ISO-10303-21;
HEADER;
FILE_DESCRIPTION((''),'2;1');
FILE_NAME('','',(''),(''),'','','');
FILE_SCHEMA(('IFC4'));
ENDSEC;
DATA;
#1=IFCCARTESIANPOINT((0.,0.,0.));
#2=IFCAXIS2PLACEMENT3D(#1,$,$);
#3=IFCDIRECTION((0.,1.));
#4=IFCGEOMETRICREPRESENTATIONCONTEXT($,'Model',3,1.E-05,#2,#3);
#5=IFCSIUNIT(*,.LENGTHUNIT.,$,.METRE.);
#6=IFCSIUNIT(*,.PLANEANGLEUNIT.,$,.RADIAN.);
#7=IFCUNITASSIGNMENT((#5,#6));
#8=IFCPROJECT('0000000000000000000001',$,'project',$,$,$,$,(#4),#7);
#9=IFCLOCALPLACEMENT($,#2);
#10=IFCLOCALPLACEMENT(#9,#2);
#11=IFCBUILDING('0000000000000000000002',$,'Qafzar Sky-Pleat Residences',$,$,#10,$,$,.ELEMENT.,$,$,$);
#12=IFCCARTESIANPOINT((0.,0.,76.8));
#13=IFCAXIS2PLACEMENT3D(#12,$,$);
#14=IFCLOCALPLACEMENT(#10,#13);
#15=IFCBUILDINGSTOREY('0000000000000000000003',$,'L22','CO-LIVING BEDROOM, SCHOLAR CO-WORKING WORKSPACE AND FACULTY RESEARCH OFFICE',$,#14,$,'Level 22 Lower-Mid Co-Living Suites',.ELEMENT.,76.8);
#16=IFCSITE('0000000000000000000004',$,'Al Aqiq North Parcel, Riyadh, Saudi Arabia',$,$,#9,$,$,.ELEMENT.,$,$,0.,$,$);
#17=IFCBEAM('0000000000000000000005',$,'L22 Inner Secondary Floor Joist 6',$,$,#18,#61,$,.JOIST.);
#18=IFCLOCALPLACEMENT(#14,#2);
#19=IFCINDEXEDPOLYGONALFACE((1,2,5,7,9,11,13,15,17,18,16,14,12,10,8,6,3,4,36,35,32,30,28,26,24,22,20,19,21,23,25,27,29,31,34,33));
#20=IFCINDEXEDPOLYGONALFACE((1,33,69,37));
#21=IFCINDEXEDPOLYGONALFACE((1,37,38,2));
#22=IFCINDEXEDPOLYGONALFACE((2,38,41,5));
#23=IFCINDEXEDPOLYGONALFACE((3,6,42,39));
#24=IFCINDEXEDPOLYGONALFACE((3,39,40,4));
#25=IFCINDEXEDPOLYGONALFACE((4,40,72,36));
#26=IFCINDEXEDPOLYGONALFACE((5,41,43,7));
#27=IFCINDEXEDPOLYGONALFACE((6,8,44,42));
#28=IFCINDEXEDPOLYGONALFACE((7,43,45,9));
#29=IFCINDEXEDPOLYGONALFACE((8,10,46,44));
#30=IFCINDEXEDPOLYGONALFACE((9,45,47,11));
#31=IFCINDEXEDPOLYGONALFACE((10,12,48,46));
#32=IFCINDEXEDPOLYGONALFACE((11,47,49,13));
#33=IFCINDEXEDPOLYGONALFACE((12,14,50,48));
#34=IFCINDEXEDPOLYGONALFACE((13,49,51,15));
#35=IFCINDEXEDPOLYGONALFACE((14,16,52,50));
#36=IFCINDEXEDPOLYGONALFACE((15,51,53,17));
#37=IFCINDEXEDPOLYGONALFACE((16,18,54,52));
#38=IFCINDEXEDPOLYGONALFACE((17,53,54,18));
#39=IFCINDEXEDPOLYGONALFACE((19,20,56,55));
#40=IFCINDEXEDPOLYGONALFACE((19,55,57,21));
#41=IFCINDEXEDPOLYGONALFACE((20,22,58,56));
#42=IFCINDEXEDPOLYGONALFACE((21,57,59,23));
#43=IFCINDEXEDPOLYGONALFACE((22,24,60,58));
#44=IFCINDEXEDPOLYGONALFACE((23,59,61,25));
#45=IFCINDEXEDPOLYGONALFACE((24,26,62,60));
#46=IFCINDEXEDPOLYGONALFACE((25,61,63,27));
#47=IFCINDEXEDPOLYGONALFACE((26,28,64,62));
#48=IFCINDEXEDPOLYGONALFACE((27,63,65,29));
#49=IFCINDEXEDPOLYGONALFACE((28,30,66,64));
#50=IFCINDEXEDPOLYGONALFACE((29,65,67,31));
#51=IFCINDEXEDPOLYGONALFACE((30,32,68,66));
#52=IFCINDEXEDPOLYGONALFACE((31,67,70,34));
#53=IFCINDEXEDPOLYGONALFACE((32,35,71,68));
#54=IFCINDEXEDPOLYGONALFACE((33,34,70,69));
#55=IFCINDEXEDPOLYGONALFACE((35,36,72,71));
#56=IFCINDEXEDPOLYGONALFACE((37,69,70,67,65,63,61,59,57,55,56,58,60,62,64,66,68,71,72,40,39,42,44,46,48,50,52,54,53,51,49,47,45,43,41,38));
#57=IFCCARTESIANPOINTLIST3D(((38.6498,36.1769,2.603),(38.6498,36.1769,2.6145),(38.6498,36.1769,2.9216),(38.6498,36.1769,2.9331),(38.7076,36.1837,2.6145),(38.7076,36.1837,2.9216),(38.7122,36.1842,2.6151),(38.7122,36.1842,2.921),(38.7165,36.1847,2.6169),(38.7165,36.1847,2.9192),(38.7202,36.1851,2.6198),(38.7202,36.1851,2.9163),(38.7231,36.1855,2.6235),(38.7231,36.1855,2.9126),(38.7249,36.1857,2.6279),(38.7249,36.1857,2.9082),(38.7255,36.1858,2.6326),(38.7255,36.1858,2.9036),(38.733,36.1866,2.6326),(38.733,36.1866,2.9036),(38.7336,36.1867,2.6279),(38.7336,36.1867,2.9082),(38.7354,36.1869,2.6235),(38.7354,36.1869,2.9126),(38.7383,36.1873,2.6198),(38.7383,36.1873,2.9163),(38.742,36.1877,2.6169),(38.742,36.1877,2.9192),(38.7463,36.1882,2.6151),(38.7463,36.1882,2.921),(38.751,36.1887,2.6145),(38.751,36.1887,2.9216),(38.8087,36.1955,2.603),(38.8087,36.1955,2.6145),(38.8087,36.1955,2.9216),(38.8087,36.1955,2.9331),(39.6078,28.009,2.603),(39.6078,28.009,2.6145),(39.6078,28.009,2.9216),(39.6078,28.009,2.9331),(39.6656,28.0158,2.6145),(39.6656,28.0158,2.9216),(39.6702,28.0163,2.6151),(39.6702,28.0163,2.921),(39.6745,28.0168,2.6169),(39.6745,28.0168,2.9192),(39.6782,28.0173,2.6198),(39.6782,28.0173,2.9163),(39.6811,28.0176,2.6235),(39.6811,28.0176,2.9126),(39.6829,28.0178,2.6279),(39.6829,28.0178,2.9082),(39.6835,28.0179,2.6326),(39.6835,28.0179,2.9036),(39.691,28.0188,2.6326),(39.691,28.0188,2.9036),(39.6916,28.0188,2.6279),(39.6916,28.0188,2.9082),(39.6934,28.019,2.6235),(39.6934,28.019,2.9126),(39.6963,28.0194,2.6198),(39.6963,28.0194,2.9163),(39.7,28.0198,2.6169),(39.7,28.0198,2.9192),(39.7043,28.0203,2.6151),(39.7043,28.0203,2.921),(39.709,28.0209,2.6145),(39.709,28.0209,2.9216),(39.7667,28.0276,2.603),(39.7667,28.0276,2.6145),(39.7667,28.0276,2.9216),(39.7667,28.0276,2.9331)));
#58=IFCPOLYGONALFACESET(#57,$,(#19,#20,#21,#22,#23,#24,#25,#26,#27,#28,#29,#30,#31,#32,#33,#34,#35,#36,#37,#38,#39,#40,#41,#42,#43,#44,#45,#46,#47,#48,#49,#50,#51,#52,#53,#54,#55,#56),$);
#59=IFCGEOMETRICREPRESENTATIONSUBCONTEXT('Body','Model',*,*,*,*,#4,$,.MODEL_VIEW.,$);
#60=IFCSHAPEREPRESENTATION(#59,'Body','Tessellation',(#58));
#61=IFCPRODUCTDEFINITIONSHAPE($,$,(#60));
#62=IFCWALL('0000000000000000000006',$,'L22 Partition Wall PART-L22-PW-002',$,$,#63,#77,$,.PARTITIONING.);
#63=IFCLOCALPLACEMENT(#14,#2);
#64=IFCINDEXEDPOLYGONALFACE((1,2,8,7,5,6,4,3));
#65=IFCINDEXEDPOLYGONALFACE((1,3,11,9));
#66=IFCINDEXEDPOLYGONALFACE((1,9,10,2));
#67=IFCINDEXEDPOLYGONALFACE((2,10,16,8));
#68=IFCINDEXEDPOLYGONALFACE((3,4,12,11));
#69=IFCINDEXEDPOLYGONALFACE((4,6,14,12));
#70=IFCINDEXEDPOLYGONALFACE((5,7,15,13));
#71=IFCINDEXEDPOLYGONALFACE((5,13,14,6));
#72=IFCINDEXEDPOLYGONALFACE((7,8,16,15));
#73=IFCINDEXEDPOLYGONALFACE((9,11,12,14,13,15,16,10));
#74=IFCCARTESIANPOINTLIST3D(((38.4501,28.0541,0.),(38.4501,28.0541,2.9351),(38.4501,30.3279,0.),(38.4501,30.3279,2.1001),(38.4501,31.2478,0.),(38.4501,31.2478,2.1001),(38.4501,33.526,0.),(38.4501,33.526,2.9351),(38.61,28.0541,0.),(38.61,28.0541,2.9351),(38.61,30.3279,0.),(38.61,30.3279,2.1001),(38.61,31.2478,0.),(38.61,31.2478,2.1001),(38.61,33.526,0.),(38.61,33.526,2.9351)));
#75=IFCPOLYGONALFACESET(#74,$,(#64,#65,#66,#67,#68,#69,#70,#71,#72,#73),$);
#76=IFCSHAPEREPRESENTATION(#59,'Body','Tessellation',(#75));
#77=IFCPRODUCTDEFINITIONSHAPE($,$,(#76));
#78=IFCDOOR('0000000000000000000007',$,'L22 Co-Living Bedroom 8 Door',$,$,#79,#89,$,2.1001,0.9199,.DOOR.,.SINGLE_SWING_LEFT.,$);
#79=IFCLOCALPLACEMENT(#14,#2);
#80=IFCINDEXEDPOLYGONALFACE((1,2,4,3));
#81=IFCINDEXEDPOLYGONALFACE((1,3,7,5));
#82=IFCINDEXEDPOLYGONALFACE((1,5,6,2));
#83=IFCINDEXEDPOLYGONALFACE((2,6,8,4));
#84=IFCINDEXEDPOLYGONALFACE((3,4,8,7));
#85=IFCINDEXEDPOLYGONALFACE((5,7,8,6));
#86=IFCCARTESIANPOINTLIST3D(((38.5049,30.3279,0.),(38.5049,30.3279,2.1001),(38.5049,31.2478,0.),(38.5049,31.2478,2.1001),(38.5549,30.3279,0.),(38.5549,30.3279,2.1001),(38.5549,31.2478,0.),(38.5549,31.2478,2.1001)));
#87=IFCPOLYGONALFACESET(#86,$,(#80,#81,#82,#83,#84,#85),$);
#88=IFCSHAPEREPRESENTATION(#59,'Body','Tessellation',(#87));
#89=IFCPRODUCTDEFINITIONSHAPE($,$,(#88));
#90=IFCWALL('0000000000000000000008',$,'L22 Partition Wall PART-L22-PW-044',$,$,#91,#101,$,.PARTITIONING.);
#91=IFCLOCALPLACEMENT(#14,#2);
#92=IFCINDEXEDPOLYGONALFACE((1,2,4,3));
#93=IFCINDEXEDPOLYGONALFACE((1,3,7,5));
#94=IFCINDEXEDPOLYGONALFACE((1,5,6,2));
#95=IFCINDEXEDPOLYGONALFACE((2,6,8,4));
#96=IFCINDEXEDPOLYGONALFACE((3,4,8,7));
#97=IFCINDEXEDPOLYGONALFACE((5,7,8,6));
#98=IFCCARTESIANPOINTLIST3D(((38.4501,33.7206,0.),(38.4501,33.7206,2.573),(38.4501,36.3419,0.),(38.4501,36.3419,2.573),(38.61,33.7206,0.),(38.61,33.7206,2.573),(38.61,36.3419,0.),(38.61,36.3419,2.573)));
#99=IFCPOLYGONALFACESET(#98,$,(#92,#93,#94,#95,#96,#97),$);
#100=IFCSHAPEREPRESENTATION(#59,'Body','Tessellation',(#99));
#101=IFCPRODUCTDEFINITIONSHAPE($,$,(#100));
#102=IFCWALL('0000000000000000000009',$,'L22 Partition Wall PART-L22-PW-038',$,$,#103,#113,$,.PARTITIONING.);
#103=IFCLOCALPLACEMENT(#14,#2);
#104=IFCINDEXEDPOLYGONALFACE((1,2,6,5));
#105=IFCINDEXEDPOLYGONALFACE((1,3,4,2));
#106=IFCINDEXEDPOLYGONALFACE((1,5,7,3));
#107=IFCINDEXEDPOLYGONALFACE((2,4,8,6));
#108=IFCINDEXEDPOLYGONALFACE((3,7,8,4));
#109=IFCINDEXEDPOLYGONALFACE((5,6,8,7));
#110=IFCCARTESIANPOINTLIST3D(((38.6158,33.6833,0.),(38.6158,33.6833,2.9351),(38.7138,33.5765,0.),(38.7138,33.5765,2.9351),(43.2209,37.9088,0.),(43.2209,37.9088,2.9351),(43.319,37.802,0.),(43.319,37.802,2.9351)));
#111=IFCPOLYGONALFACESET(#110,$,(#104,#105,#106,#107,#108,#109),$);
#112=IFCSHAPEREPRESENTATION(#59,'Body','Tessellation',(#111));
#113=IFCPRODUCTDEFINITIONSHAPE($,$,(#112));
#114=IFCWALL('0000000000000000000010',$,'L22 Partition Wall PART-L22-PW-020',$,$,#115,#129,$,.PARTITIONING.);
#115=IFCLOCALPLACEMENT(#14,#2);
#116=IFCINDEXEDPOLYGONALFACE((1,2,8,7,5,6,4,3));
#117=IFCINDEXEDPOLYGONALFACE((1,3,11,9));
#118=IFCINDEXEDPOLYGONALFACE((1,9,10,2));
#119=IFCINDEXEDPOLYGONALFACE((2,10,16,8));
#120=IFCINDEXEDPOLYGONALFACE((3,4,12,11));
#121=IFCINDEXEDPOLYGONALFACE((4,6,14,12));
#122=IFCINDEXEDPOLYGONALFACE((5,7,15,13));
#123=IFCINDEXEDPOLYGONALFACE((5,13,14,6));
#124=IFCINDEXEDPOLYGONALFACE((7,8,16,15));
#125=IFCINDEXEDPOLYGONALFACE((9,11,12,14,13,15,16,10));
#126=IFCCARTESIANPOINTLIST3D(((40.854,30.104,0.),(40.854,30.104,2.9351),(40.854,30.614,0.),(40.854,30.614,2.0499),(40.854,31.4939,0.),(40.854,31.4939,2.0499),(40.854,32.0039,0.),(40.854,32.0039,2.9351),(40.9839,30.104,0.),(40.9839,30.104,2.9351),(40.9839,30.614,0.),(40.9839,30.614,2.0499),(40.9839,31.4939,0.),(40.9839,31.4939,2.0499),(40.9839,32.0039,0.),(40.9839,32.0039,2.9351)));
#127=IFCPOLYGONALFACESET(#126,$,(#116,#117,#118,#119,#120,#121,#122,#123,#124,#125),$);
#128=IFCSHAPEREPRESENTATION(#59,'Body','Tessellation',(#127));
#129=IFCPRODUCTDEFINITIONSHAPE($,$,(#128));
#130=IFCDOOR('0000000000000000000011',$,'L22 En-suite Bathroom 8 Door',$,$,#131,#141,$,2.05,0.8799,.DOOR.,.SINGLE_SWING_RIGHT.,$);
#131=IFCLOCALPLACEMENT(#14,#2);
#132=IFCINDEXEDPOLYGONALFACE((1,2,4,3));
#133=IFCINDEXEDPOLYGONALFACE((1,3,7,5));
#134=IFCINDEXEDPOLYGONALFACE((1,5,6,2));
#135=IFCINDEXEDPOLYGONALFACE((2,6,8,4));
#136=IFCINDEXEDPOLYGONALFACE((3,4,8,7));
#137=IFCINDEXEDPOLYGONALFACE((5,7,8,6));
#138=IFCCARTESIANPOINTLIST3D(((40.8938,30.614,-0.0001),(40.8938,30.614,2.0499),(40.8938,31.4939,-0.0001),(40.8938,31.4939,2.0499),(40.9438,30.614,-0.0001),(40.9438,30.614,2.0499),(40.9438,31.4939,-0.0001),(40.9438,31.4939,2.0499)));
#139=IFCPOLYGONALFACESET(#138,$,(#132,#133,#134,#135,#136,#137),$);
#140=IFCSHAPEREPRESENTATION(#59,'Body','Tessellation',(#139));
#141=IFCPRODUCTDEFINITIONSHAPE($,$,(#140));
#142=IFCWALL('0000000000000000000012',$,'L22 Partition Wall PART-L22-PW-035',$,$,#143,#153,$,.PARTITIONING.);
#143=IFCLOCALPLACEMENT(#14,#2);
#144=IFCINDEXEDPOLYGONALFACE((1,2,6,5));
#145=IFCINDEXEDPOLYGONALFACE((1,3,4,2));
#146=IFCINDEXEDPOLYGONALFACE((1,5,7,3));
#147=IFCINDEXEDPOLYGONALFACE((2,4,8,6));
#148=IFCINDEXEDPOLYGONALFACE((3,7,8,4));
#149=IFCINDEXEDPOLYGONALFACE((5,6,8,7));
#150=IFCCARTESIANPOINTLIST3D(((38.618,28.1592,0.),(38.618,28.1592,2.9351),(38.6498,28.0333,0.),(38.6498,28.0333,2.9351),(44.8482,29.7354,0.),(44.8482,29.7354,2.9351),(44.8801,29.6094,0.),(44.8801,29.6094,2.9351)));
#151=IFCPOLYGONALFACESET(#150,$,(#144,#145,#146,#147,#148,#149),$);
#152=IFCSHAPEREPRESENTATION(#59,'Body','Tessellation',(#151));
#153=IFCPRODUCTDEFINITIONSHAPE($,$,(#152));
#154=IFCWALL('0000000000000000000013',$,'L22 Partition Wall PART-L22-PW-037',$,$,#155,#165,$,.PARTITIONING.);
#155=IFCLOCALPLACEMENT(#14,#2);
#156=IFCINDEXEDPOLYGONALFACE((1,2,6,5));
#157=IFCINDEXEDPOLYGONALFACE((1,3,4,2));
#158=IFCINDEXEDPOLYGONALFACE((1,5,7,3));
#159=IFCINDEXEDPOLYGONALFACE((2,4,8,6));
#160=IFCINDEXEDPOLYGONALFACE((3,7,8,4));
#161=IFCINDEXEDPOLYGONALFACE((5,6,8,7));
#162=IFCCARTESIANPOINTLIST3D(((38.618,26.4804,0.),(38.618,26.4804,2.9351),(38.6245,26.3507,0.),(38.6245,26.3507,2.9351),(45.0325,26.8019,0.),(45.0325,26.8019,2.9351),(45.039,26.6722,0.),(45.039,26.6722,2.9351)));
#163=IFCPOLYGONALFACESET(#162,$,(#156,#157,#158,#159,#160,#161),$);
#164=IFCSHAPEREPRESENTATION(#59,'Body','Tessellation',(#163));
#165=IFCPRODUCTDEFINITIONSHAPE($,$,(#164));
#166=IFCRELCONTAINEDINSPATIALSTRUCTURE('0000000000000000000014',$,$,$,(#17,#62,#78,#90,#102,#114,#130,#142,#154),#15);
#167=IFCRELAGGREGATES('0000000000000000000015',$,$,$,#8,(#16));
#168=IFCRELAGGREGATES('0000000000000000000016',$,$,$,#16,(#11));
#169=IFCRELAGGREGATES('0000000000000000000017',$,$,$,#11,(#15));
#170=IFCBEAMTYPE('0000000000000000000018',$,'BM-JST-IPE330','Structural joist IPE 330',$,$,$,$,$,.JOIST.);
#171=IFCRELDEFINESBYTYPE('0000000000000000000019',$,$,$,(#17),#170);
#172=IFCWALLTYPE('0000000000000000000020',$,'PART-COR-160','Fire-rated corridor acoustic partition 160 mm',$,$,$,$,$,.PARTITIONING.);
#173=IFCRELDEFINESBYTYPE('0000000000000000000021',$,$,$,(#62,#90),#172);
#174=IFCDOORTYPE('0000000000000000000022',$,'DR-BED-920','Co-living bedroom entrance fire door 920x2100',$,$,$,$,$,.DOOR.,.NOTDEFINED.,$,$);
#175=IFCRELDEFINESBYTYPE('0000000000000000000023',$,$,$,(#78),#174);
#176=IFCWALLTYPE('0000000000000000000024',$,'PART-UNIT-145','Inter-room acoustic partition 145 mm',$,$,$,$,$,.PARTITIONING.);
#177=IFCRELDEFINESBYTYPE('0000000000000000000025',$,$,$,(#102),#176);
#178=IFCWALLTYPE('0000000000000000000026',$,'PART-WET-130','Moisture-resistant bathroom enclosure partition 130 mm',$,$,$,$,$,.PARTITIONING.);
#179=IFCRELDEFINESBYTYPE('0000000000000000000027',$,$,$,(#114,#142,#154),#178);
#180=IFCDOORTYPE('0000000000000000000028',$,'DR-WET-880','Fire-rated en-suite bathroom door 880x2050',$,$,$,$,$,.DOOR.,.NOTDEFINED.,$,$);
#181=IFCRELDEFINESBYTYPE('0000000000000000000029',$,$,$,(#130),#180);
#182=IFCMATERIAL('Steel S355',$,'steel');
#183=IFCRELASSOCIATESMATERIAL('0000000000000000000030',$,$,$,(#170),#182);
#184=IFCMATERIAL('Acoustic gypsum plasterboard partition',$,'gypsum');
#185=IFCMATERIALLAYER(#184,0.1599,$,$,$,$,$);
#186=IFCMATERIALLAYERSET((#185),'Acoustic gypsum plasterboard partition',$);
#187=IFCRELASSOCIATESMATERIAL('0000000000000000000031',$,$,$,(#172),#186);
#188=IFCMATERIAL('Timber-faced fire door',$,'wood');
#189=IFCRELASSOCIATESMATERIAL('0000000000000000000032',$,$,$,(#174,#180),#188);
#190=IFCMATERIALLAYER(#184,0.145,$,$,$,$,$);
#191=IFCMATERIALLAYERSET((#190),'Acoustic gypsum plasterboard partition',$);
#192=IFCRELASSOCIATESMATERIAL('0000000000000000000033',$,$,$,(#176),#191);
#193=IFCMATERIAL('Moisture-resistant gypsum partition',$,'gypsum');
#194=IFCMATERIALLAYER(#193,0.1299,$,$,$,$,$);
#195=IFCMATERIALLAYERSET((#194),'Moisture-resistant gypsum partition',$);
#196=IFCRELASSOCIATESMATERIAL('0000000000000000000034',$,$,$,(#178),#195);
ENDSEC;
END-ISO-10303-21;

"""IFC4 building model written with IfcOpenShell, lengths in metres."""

from ifc_helpers import new_model, si_unit, direction, frame, frame_2d, origin, origin_2d, place, context, subcontext, project, spatial, rectangle, i_section, extrude, source, transform, mapped, material, layer, layer_set, material_profile, profile_set, type_object, element, fill, save


model = new_model("IFC4")

# Units and contexts
model_context = context("Model", 3, precision=1e-05, world=origin(), true_north=direction((0.0, 1.0)))
body_context = subcontext(model_context, "Body", "Model", "MODEL_VIEW")
ifc_project = project(units=[si_unit("LENGTHUNIT", "METRE"), si_unit("PLANEANGLEUNIT", "RADIAN")], contexts=[model_context])

# Site, building, storey
site_placement = place(None, origin())
site = spatial("IfcSite", under=ifc_project, at=site_placement, Name="Al Aqiq North Parcel, Riyadh, Saudi Arabia", CompositionType="ELEMENT", RefElevation=0.0)
building_placement = place(site_placement, origin())
building = spatial("IfcBuilding", under=site, at=building_placement, Name="Qafzar Sky-Pleat Residences", CompositionType="ELEMENT")
storey_placement = place(building_placement, frame((0.0, 0.0, 76.8)))
storey = spatial("IfcBuildingStorey", under=building, at=storey_placement, Name="L22", Description="CO-LIVING BEDROOM, SCHOLAR CO-WORKING WORKSPACE AND FACULTY RESEARCH OFFICE", LongName="Level 22 Lower-Mid Co-Living Suites", CompositionType="ELEMENT", Elevation=76.8)

# Beam
ifc_material_1 = material(Name="Steel S355", Category="steel")
ifc_material_profile_1 = material_profile(ifc_material_1, i_section(OverallWidth=0.1599, OverallDepth=0.3301, WebThickness=0.0076, FlangeThickness=0.0115, FilletRadius=0.0181, at=origin_2d()), Name="IPE 330")
ifc_profile_set_1 = profile_set([ifc_material_profile_1], Name="Steel S355")
beam_type_1 = type_object("IfcBeamType", Name="BM-JST-IPE330", Description="Structural joist IPE 330", PredefinedType="JOIST", material=ifc_profile_set_1)
shared_shape_1 = source(origin(), body_context, "Body", "SweptSolid", [
    extrude(i_section(OverallWidth=0.1599, OverallDepth=0.3301, WebThickness=0.0076, FlangeThickness=0.0115, FilletRadius=0.0181, at=origin_2d()), origin(), (0.0, 0.0, 1.0), 8.2239),
])
beam_1_placement = place(storey_placement, frame((39.6873, 28.0183, 2.7681), z_axis=(-0.11649, 0.993192, 0.0), x_axis=(-0.993192, -0.11649, 0.0)))
element("IfcBeam", 1, at=beam_1_placement, inside=storey, type_object=beam_type_1, Name="L22 Inner Secondary Floor Joist 6", PredefinedType="JOIST", context=body_context, shape_type="MappedRepresentation", body=[
    mapped(shared_shape_1, transform((0.0, 0.0, 0.0), x_axis=(1.0, 0.0, 0.0), y_axis=(0.0, 1.0, 0.0), z_axis=(0.0, 0.0, 1.0), scale=1.0)),
])

# Wall, opening, door
ifc_material_2 = material(Name="Acoustic gypsum plasterboard partition", Category="gypsum")
ifc_layer_1 = layer(ifc_material_2, 0.1599)
ifc_layer_set_1 = layer_set([ifc_layer_1], Name="Acoustic gypsum plasterboard partition")
wall_type_1 = type_object("IfcWallType", Name="PART-COR-160", Description="Fire-rated corridor acoustic partition 160 mm", PredefinedType="PARTITIONING", material=ifc_layer_set_1)
wall_1_placement = place(storey_placement, frame((38.53, 33.5259, 0.0), z_axis=(0.0, 0.0, 1.0), x_axis=(0.0, -1.0, 0.0)))
wall_1 = element("IfcWall", 2, at=wall_1_placement, inside=storey, type_object=wall_type_1, Name="L22 Partition Wall PART-L22-PW-002", PredefinedType="PARTITIONING", context=body_context, shape_type="SweptSolid", body=[
    extrude(rectangle(XDim=5.4719, YDim=0.1599, at=frame_2d((2.7358, 0.0))), origin(), (0.0, 0.0, 1.0), 2.9351),
])
opening_1_placement = place(wall_1_placement, frame((2.2781, 0.0, 0.0)))
opening_1 = element("IfcOpeningElement", 3, at=opening_1_placement, cuts=wall_1, PredefinedType="OPENING", context=body_context, shape_type="SweptSolid", body=[
    extrude(rectangle(XDim=0.9199, YDim=2.1001, at=frame_2d((0.46, 1.05))), frame((0.0, 0.0898, 0.0), z_axis=(0.0, -1.0, 0.0), x_axis=(1.0, 0.0, 0.0)), (0.0, 0.0, 1.0), 0.1799),
])
ifc_material_3 = material(Name="Timber-faced fire door", Category="wood")
door_type_1 = type_object("IfcDoorType", Name="DR-BED-920", Description="Co-living bedroom entrance fire door 920x2100", OperationType="NOTDEFINED", PredefinedType="DOOR", material=ifc_material_3)
shared_shape_2 = source(origin(), body_context, "Body", "SweptSolid", [
    extrude(rectangle(XDim=0.9199, YDim=2.1001, at=frame_2d((0.46, 1.05))), frame((0.0, 0.0249, 0.0), z_axis=(0.0, -1.0, 0.0), x_axis=(1.0, 0.0, 0.0)), (0.0, 0.0, 1.0), 0.05),
])
door_1_placement = place(opening_1_placement, origin())
door_1 = element("IfcDoor", 4, at=door_1_placement, inside=storey, type_object=door_type_1, Name="L22 Co-Living Bedroom 8 Door", OperationType="SINGLE_SWING_LEFT", OverallHeight=2.1001, OverallWidth=0.9199, PredefinedType="DOOR", context=body_context, shape_type="MappedRepresentation", body=[
    mapped(shared_shape_2, transform((0.0, 0.0, 0.0), x_axis=(1.0, 0.0, 0.0), y_axis=(0.0, 1.0, 0.0), z_axis=(0.0, 0.0, 1.0), scale=1.0)),
])
fill(opening_1, door_1)

# Walls
wall_2_placement = place(storey_placement, frame((38.53, 33.7207, 0.0), z_axis=(0.0, 0.0, 1.0), x_axis=(0.0, 1.0, 0.0)))
element("IfcWall", 5, at=wall_2_placement, inside=storey, type_object=wall_type_1, Name="L22 Partition Wall PART-L22-PW-044", PredefinedType="PARTITIONING", context=body_context, shape_type="SweptSolid", body=[
    extrude(rectangle(XDim=2.6213, YDim=0.1599, at=frame_2d((1.3105, 0.0))), origin(), (0.0, 0.0, 1.0), 2.573),
])
ifc_layer_2 = layer(ifc_material_2, 0.145)
ifc_layer_set_2 = layer_set([ifc_layer_2], Name="Acoustic gypsum plasterboard partition")
wall_type_2 = type_object("IfcWallType", Name="PART-UNIT-145", Description="Inter-room acoustic partition 145 mm", PredefinedType="PARTITIONING", material=ifc_layer_set_2)
wall_3_placement = place(storey_placement, frame((38.6648, 33.6299, 0.0), z_axis=(0.0, 0.0, 1.0), x_axis=(0.736825, 0.676084, 0.0)))
element("IfcWall", 6, at=wall_3_placement, inside=storey, type_object=wall_type_2, Name="L22 Partition Wall PART-L22-PW-038", PredefinedType="PARTITIONING", context=body_context, shape_type="SweptSolid", body=[
    extrude(rectangle(XDim=6.25, YDim=0.145, at=frame_2d((3.125, 0.0))), origin(), (0.0, 0.0, 1.0), 2.9351),
])

# Wall, opening, door
ifc_material_4 = material(Name="Moisture-resistant gypsum partition", Category="gypsum")
ifc_layer_3 = layer(ifc_material_4, 0.1299)
ifc_layer_set_3 = layer_set([ifc_layer_3], Name="Moisture-resistant gypsum partition")
wall_type_3 = type_object("IfcWallType", Name="PART-WET-130", Description="Moisture-resistant bathroom enclosure partition 130 mm", PredefinedType="PARTITIONING", material=ifc_layer_set_3)
wall_4_placement = place(storey_placement, frame((40.9189, 32.0039, 0.0), z_axis=(0.0, 0.0, 1.0), x_axis=(0.0, -1.0, 0.0)))
wall_4 = element("IfcWall", 7, at=wall_4_placement, inside=storey, type_object=wall_type_3, Name="L22 Partition Wall PART-L22-PW-020", PredefinedType="PARTITIONING", context=body_context, shape_type="SweptSolid", body=[
    extrude(rectangle(XDim=1.8999, YDim=0.1299, at=frame_2d((0.95, 0.0))), origin(), (0.0, 0.0, 1.0), 2.9351),
])
opening_2_placement = place(wall_4_placement, frame((0.51, 0.0, 0.0)))
opening_2 = element("IfcOpeningElement", 8, at=opening_2_placement, cuts=wall_4, PredefinedType="OPENING", context=body_context, shape_type="SweptSolid", body=[
    extrude(rectangle(XDim=0.8799, YDim=2.05, at=frame_2d((0.4399, 1.0249))), frame((0.0, 0.075, 0.0), z_axis=(0.0, -1.0, 0.0), x_axis=(1.0, 0.0, 0.0)), (0.0, 0.0, 1.0), 0.1499),
])
door_type_2 = type_object("IfcDoorType", Name="DR-WET-880", Description="Fire-rated en-suite bathroom door 880x2050", OperationType="NOTDEFINED", PredefinedType="DOOR", material=ifc_material_3)
shared_shape_3 = source(origin(), body_context, "Body", "SweptSolid", [
    extrude(rectangle(XDim=0.8799, YDim=2.05, at=frame_2d((0.4399, 1.0249))), frame((0.0, 0.0249, 0.0), z_axis=(0.0, -1.0, 0.0), x_axis=(1.0, 0.0, 0.0)), (0.0, 0.0, 1.0), 0.05),
])
door_2_placement = place(opening_2_placement, origin())
door_2 = element("IfcDoor", 9, at=door_2_placement, inside=storey, type_object=door_type_2, Name="L22 En-suite Bathroom 8 Door", OperationType="SINGLE_SWING_RIGHT", OverallHeight=2.05, OverallWidth=0.8799, PredefinedType="DOOR", context=body_context, shape_type="MappedRepresentation", body=[
    mapped(shared_shape_3, transform((0.0, 0.0, 0.0), x_axis=(1.0, 0.0, 0.0), y_axis=(0.0, 1.0, 0.0), z_axis=(0.0, 0.0, 1.0), scale=1.0)),
])
fill(opening_2, door_2)

# Walls
wall_5_placement = place(storey_placement, frame((38.6338, 28.0962, 0.0), z_axis=(0.0, 0.0, 1.0), x_axis=(0.969457, 0.245261, 0.0)))
element("IfcWall", 10, at=wall_5_placement, inside=storey, type_object=wall_type_3, Name="L22 Partition Wall PART-L22-PW-035", PredefinedType="PARTITIONING", context=body_context, shape_type="SweptSolid", body=[
    extrude(rectangle(XDim=6.4265, YDim=0.1299, at=frame_2d((3.2134, 0.0))), origin(), (0.0, 0.0, 1.0), 2.9351),
])
wall_6_placement = place(storey_placement, frame((38.6211, 26.4155, 0.0), z_axis=(0.0, 0.0, 1.0), x_axis=(0.998746, 0.050063, 0.0)))
element("IfcWall", 11, at=wall_6_placement, inside=storey, type_object=wall_type_3, Name="L22 Partition Wall PART-L22-PW-037", PredefinedType="PARTITIONING", context=body_context, shape_type="SweptSolid", body=[
    extrude(rectangle(XDim=6.4226, YDim=0.1299, at=frame_2d((3.2114, 0.0))), origin(), (0.0, 0.0, 1.0), 2.9351),
])

save(model, "model.ifc")
